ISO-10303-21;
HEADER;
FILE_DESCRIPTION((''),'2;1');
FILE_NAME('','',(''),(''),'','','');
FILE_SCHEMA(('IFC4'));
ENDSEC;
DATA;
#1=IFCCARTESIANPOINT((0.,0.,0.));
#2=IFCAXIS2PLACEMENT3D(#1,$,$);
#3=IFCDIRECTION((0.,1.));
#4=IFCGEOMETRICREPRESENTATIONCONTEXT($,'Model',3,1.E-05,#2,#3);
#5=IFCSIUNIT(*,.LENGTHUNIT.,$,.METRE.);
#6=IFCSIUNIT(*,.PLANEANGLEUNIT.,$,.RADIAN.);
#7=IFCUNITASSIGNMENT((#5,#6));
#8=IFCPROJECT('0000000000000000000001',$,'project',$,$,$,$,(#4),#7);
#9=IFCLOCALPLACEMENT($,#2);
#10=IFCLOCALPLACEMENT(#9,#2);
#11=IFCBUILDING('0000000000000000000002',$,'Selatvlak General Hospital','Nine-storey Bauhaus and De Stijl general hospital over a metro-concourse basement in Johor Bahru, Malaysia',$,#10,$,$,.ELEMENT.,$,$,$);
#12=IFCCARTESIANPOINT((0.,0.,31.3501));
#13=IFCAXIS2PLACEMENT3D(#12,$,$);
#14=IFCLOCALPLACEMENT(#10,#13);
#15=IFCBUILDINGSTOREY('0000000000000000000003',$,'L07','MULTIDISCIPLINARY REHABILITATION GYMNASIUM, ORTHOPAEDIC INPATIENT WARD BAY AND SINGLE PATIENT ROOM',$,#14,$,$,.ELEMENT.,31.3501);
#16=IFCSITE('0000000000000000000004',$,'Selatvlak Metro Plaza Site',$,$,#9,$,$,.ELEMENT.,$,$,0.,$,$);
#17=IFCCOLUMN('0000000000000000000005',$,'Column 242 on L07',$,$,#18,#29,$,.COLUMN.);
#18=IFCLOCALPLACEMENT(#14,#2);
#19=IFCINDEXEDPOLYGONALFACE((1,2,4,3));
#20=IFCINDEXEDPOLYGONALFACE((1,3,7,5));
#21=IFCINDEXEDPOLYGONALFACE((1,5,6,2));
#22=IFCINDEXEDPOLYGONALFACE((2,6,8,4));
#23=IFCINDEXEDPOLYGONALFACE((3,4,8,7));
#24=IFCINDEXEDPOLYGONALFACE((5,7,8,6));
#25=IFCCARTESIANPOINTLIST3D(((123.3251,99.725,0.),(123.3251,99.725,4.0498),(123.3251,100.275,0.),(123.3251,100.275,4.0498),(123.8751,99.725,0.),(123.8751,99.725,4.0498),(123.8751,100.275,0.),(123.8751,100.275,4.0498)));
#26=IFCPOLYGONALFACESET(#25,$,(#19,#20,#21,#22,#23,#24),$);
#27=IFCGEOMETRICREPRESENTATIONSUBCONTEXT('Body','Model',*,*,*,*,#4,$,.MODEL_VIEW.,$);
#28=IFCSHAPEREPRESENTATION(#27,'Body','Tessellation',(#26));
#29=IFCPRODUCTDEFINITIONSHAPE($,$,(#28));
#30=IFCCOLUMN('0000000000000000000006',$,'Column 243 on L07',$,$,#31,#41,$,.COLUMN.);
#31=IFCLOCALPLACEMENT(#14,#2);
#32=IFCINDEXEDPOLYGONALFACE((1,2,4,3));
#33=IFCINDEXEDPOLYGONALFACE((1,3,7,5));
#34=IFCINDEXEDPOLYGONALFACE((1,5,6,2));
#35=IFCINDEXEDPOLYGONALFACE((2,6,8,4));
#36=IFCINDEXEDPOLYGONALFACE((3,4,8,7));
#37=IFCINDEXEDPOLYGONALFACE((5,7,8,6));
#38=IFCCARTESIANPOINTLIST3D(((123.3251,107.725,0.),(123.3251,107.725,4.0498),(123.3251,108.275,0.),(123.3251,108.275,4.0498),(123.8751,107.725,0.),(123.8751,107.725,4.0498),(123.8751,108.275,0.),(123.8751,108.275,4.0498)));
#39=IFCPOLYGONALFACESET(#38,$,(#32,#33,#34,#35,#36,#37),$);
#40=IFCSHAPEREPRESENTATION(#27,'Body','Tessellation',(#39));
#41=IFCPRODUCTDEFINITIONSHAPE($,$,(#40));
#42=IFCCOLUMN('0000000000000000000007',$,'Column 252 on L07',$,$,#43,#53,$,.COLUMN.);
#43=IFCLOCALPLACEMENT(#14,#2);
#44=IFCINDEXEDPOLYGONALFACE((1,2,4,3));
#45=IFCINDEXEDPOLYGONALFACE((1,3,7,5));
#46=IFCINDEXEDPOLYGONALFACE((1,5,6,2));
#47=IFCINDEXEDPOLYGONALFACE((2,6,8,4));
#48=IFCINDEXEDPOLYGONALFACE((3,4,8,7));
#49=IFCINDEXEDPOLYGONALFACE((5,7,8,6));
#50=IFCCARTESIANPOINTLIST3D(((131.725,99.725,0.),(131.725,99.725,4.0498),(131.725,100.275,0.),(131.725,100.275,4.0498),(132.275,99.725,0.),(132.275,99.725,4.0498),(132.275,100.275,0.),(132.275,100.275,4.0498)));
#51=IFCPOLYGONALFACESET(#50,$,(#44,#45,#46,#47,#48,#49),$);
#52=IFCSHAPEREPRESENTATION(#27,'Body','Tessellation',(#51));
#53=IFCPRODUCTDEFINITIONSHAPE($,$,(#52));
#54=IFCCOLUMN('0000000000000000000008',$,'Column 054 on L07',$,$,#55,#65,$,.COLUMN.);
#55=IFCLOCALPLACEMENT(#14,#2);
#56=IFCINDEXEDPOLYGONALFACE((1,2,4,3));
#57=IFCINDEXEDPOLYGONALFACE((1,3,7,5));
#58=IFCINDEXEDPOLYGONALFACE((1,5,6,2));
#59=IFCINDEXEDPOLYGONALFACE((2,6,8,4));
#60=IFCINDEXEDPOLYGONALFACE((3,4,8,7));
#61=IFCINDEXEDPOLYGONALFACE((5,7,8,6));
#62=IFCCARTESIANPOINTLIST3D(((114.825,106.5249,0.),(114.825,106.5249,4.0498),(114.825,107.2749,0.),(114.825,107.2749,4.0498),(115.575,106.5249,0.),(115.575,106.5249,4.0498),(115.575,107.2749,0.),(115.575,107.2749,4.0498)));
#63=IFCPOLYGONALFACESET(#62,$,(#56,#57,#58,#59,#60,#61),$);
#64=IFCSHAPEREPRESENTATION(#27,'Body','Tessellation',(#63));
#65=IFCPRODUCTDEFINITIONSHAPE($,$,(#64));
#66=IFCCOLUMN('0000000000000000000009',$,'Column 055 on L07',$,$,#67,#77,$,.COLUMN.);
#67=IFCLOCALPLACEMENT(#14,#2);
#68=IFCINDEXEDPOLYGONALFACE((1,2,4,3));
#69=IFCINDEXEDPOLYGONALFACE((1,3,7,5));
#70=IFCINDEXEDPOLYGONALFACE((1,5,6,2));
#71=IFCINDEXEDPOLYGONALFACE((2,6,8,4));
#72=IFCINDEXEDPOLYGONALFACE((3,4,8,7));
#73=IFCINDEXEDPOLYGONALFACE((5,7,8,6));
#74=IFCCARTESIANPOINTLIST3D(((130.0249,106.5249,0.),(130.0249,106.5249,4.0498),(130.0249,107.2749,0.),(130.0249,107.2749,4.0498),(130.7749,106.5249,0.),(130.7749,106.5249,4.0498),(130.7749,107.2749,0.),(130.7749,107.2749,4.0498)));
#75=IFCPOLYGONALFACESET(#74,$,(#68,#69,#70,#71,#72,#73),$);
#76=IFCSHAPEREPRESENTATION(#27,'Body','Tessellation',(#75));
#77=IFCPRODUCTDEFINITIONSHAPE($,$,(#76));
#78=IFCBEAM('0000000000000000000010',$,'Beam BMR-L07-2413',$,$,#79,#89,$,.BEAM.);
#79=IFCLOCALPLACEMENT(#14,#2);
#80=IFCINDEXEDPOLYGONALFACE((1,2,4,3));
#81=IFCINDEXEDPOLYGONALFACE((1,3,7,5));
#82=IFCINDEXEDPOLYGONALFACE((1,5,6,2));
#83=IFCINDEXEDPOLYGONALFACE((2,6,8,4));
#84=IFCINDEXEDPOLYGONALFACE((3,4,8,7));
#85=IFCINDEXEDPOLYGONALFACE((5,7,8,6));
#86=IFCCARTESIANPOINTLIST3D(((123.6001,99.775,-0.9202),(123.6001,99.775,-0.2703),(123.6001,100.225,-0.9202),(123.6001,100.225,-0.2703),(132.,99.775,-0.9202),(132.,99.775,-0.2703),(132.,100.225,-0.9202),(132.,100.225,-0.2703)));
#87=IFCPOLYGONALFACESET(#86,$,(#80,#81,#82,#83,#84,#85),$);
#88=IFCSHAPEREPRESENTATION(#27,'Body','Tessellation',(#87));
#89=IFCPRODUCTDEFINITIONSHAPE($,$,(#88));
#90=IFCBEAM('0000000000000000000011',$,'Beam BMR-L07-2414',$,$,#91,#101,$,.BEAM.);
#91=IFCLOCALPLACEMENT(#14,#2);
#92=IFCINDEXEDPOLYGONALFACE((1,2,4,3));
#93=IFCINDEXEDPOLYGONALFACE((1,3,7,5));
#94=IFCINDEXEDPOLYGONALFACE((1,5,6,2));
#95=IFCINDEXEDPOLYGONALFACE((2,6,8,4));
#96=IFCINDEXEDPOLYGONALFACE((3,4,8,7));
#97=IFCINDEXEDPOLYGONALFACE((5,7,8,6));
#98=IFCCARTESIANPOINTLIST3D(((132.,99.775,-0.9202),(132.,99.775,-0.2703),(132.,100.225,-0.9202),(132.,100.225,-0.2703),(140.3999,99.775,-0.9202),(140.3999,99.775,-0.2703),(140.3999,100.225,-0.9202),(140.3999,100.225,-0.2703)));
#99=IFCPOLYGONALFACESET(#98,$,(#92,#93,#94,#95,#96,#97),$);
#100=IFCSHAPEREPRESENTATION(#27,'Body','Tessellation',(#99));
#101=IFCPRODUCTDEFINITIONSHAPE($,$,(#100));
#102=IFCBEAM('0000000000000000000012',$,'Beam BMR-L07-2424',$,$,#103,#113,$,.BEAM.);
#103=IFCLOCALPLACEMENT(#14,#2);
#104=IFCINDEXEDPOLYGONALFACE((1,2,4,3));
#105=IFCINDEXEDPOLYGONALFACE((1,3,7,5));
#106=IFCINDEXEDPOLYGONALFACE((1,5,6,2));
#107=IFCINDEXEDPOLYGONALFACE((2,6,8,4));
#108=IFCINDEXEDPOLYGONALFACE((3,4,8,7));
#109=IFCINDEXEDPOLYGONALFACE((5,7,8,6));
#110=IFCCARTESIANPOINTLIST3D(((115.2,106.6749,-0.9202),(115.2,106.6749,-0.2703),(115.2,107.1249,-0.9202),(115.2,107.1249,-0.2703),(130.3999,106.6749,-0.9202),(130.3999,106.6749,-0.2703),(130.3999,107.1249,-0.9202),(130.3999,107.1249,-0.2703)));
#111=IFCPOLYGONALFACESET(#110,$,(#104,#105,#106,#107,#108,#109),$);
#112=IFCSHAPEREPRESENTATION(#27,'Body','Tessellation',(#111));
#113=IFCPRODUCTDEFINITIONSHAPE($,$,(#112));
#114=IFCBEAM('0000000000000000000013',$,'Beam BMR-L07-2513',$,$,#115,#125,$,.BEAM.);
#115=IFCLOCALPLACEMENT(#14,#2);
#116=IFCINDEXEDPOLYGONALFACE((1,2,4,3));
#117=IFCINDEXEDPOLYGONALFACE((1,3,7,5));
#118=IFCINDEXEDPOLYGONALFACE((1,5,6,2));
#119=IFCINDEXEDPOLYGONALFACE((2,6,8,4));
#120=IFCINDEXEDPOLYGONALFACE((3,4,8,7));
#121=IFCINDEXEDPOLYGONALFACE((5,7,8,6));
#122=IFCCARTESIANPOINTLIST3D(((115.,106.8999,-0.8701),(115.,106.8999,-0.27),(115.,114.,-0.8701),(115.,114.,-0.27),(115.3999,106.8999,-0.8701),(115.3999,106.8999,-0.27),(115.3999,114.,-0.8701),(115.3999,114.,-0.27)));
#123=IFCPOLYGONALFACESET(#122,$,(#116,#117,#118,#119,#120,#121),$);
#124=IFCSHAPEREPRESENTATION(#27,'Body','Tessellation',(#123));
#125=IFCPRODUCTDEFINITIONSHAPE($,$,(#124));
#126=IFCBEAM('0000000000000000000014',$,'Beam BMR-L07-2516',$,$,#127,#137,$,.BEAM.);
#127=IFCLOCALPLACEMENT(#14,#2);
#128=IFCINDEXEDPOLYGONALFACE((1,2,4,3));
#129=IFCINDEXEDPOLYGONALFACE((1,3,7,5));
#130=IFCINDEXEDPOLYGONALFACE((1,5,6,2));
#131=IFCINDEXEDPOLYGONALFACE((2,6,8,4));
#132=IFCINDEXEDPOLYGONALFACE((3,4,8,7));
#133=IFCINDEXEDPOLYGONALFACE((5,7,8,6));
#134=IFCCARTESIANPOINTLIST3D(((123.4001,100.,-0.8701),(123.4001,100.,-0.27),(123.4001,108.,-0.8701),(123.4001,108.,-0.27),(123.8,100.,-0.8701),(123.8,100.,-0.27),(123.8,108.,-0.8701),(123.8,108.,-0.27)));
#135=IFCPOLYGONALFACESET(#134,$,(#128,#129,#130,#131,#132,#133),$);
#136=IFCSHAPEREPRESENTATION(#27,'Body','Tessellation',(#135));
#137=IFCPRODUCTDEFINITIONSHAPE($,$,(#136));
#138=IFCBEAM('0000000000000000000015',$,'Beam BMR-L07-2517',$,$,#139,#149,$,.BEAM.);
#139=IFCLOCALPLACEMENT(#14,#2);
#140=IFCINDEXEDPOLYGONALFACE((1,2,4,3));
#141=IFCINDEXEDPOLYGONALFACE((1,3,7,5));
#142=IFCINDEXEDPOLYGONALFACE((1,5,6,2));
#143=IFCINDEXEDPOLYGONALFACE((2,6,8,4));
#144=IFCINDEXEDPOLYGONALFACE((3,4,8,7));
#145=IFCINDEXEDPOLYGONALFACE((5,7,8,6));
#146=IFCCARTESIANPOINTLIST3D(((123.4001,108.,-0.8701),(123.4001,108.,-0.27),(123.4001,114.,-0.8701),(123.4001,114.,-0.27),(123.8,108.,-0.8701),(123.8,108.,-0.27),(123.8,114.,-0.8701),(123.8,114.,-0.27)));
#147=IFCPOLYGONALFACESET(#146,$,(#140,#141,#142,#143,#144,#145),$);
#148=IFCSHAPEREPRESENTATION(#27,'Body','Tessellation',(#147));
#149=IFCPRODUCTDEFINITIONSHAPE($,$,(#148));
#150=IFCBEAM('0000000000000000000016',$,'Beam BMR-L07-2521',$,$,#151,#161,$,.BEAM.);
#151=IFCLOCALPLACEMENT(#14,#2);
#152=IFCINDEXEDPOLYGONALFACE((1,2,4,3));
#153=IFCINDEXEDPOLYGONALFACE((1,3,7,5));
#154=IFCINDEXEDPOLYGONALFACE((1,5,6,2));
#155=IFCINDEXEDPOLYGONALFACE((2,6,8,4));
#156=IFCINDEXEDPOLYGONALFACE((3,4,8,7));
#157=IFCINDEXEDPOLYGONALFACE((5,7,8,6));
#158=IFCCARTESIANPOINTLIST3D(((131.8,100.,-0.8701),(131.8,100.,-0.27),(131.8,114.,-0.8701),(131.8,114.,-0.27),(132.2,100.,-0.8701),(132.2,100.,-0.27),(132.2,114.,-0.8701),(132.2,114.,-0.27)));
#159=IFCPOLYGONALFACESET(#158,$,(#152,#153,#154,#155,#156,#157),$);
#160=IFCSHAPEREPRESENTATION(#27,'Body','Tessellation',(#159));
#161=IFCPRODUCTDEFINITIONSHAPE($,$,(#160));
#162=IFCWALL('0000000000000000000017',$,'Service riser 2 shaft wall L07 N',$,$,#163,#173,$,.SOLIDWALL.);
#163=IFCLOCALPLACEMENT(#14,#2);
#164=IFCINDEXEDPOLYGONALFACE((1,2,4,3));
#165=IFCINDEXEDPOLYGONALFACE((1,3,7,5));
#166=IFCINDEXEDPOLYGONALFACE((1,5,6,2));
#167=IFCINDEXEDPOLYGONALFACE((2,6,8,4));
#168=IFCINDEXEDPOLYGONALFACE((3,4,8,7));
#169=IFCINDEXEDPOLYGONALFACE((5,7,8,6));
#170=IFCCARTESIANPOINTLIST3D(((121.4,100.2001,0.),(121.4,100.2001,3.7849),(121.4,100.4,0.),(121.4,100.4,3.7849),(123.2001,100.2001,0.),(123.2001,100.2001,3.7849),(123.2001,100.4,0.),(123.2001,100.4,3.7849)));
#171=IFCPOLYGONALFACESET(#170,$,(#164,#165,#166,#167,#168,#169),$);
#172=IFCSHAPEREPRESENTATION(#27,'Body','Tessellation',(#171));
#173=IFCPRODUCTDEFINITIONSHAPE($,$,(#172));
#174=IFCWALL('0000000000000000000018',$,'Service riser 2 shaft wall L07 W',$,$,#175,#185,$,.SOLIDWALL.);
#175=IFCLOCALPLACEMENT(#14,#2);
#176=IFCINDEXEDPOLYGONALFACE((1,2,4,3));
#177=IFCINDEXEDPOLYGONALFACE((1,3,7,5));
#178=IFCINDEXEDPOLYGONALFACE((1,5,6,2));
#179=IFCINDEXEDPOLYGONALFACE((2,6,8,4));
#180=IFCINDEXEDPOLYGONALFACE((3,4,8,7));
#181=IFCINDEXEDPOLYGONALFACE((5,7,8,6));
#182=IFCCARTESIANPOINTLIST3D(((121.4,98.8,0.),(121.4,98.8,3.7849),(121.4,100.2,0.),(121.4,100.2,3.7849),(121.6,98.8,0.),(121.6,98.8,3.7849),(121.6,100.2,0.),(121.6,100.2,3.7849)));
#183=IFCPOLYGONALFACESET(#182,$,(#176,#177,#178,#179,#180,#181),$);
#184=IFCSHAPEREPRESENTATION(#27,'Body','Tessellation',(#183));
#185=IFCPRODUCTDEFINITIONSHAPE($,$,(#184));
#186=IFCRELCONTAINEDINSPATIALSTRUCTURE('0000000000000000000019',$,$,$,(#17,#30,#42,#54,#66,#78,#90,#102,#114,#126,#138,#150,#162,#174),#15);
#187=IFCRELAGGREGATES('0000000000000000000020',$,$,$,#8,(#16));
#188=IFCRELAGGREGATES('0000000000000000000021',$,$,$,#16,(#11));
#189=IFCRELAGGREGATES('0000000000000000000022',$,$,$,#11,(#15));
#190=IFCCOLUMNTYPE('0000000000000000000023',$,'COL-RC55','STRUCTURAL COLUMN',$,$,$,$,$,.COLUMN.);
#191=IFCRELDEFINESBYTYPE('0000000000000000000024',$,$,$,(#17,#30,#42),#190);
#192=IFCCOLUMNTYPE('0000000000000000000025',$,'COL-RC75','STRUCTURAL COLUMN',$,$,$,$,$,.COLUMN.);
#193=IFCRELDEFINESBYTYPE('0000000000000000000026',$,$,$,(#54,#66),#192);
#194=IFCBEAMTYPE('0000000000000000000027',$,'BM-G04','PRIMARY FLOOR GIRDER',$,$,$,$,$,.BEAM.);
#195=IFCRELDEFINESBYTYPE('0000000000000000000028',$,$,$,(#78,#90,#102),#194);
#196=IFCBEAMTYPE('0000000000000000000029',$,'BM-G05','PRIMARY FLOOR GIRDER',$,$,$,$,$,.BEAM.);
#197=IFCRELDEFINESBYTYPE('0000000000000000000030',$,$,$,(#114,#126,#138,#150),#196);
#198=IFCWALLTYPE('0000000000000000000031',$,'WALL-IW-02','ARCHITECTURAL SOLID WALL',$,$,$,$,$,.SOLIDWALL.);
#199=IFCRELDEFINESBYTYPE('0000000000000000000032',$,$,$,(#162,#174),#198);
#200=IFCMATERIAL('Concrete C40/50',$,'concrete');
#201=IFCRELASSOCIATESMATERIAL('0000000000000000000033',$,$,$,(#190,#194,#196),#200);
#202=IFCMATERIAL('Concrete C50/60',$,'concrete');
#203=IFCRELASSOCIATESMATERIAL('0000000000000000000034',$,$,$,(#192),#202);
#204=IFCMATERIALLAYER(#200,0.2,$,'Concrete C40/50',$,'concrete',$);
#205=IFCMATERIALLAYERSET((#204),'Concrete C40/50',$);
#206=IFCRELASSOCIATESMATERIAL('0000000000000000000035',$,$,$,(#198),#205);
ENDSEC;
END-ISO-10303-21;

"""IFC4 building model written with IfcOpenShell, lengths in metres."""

from ifc_helpers import new_model, si_unit, direction, frame, frame_2d, origin, origin_2d, place, context, subcontext, project, spatial, rectangle, extrude, material, layer, layer_set, material_profile, profile_set, type_object, element, save


model = new_model("IFC4")

# Units and contexts
model_context = context("Model", 3, precision=1e-05, world=origin(), true_north=direction((0.0, 1.0)))
body_context = subcontext(model_context, "Body", "Model", "MODEL_VIEW")
ifc_project = project(units=[si_unit("LENGTHUNIT", "METRE"), si_unit("PLANEANGLEUNIT", "RADIAN")], contexts=[model_context])

# Site, building, storey
site_placement = place(None, origin())
site = spatial("IfcSite", under=ifc_project, at=site_placement, Name="Selatvlak Metro Plaza Site", CompositionType="ELEMENT", RefElevation=0.0)
building_placement = place(site_placement, origin())
building = spatial("IfcBuilding", under=site, at=building_placement, Name="Selatvlak General Hospital", Description="Nine-storey Bauhaus and De Stijl general hospital over a metro-concourse basement in Johor Bahru, Malaysia", CompositionType="ELEMENT")
storey_placement = place(building_placement, frame((0.0, 0.0, 31.3501)))
storey = spatial("IfcBuildingStorey", under=building, at=storey_placement, Name="L07", Description="MULTIDISCIPLINARY REHABILITATION GYMNASIUM, ORTHOPAEDIC INPATIENT WARD BAY AND SINGLE PATIENT ROOM", CompositionType="ELEMENT", Elevation=31.3501)

# Columns
ifc_material_1 = material(Name="Concrete C40/50", Category="concrete")
ifc_material_profile_1 = material_profile(ifc_material_1, rectangle(XDim=0.55, YDim=0.55, at=origin_2d()), Name="RC-COL 550x550")
ifc_profile_set_1 = profile_set([ifc_material_profile_1], Name="Concrete C40/50")
column_type_1 = type_object("IfcColumnType", Name="COL-RC55", Description="STRUCTURAL COLUMN", PredefinedType="COLUMN", material=ifc_profile_set_1)
for number, where, z_axis, x_axis, name in (
    (1, (123.6001, 100.0, 0.0), (0.0, 0.0, 1.0), (1.0, 0.0, 0.0), "Column 242 on L07"),
    (2, (123.6001, 108.0, 0.0), (0.0, 0.0, 1.0), (1.0, 0.0, 0.0), "Column 243 on L07"),
    (3, (132.0, 100.0, 0.0), (0.0, 0.0, 1.0), (1.0, 0.0, 0.0), "Column 252 on L07"),
):
    element("IfcColumn", number, at=place(storey_placement, frame(where, z_axis=z_axis, x_axis=x_axis)), inside=storey, type_object=column_type_1, Name=name, PredefinedType="COLUMN", context=body_context, shape_type="SweptSolid", body=[
        extrude(rectangle(XDim=0.55, YDim=0.55, at=origin_2d()), origin(), (0.0, 0.0, 1.0), 4.0498),
    ])
ifc_material_2 = material(Name="Concrete C50/60", Category="concrete")
ifc_material_profile_2 = material_profile(ifc_material_2, rectangle(XDim=0.75, YDim=0.75, at=origin_2d()), Name="RC-COL 750x750")
ifc_profile_set_2 = profile_set([ifc_material_profile_2], Name="Concrete C50/60")
column_type_2 = type_object("IfcColumnType", Name="COL-RC75", Description="STRUCTURAL COLUMN", PredefinedType="COLUMN", material=ifc_profile_set_2)
for number, where, z_axis, x_axis, name in (
    (4, (115.2, 106.8999, 0.0), (0.0, 0.0, 1.0), (1.0, 0.0, 0.0), "Column 054 on L07"),
    (5, (130.3999, 106.8999, 0.0), (0.0, 0.0, 1.0), (1.0, 0.0, 0.0), "Column 055 on L07"),
):
    element("IfcColumn", number, at=place(storey_placement, frame(where, z_axis=z_axis, x_axis=x_axis)), inside=storey, type_object=column_type_2, Name=name, PredefinedType="COLUMN", context=body_context, shape_type="SweptSolid", body=[
        extrude(rectangle(XDim=0.75, YDim=0.75, at=origin_2d()), origin(), (0.0, 0.0, 1.0), 4.0498),
    ])

# Beams
ifc_material_profile_3 = material_profile(ifc_material_1, rectangle(XDim=0.45, YDim=0.6499, at=origin_2d()), Name="RC-BM 450x650")
ifc_profile_set_3 = profile_set([ifc_material_profile_3], Name="Concrete C40/50")
beam_type_1 = type_object("IfcBeamType", Name="BM-G04", Description="PRIMARY FLOOR GIRDER", PredefinedType="BEAM", material=ifc_profile_set_3)
for number, where, z_axis, x_axis, name in (
    (6, (123.6001, 100.0, -0.5952), (1.0, 0.0, 0.0), (0.0, 1.0, 0.0), "Beam BMR-L07-2413"),
    (7, (132.0, 100.0, -0.5952), (1.0, 0.0, 0.0), (0.0, 1.0, 0.0), "Beam BMR-L07-2414"),
):
    element("IfcBeam", number, at=place(storey_placement, frame(where, z_axis=z_axis, x_axis=x_axis)), inside=storey, type_object=beam_type_1, Name=name, PredefinedType="BEAM", context=body_context, shape_type="SweptSolid", body=[
        extrude(rectangle(XDim=0.45, YDim=0.6499, at=origin_2d()), origin(), (0.0, 0.0, 1.0), 8.3999),
    ])
beam_1_placement = place(storey_placement, frame((115.2, 106.8999, -0.5952), z_axis=(1.0, 0.0, 0.0), x_axis=(0.0, 1.0, 0.0)))
element("IfcBeam", 8, at=beam_1_placement, inside=storey, type_object=beam_type_1, Name="Beam BMR-L07-2424", PredefinedType="BEAM", context=body_context, shape_type="SweptSolid", body=[
    extrude(rectangle(XDim=0.45, YDim=0.6499, at=origin_2d()), origin(), (0.0, 0.0, 1.0), 15.2),
])
ifc_material_profile_4 = material_profile(ifc_material_1, rectangle(XDim=0.3999, YDim=0.6001, at=origin_2d()), Name="RC-BM 400x600")
ifc_profile_set_4 = profile_set([ifc_material_profile_4], Name="Concrete C40/50")
beam_type_2 = type_object("IfcBeamType", Name="BM-G05", Description="PRIMARY FLOOR GIRDER", PredefinedType="BEAM", material=ifc_profile_set_4)
beam_2_placement = place(storey_placement, frame((115.2, 106.8999, -0.5701), z_axis=(0.0, 1.0, 0.0), x_axis=(-1.0, 0.0, 0.0)))
element("IfcBeam", 9, at=beam_2_placement, inside=storey, type_object=beam_type_2, Name="Beam BMR-L07-2513", PredefinedType="BEAM", context=body_context, shape_type="SweptSolid", body=[
    extrude(rectangle(XDim=0.3999, YDim=0.6001, at=origin_2d()), origin(), (0.0, 0.0, 1.0), 7.1001),
])
beam_3_placement = place(storey_placement, frame((123.6001, 100.0, -0.5701), z_axis=(0.0, 1.0, 0.0), x_axis=(-1.0, 0.0, 0.0)))
element("IfcBeam", 10, at=beam_3_placement, inside=storey, type_object=beam_type_2, Name="Beam BMR-L07-2516", PredefinedType="BEAM", context=body_context, shape_type="SweptSolid", body=[
    extrude(rectangle(XDim=0.3999, YDim=0.6001, at=origin_2d()), origin(), (0.0, 0.0, 1.0), 8.0),
])
beam_4_placement = place(storey_placement, frame((123.6001, 108.0, -0.5701), z_axis=(0.0, 1.0, 0.0), x_axis=(-1.0, 0.0, 0.0)))
element("IfcBeam", 11, at=beam_4_placement, inside=storey, type_object=beam_type_2, Name="Beam BMR-L07-2517", PredefinedType="BEAM", context=body_context, shape_type="SweptSolid", body=[
    extrude(rectangle(XDim=0.3999, YDim=0.6001, at=origin_2d()), origin(), (0.0, 0.0, 1.0), 6.0),
])
beam_5_placement = place(storey_placement, frame((132.0, 100.0, -0.5701), z_axis=(0.0, 1.0, 0.0), x_axis=(-1.0, 0.0, 0.0)))
element("IfcBeam", 12, at=beam_5_placement, inside=storey, type_object=beam_type_2, Name="Beam BMR-L07-2521", PredefinedType="BEAM", context=body_context, shape_type="SweptSolid", body=[
    extrude(rectangle(XDim=0.3999, YDim=0.6001, at=origin_2d()), origin(), (0.0, 0.0, 1.0), 14.0),
])

# Walls
ifc_layer_1 = layer(ifc_material_1, 0.2, Name="Concrete C40/50", Category="concrete")
ifc_layer_set_1 = layer_set([ifc_layer_1], Name="Concrete C40/50")
wall_type_1 = type_object("IfcWallType", Name="WALL-IW-02", Description="ARCHITECTURAL SOLID WALL", PredefinedType="SOLIDWALL", material=ifc_layer_set_1)
wall_1_placement = place(storey_placement, frame((123.2, 100.3, 0.0), z_axis=(0.0, 0.0, 1.0), x_axis=(-1.0, 0.0, 0.0)))
element("IfcWall", 13, at=wall_1_placement, inside=storey, type_object=wall_type_1, Name="Service riser 2 shaft wall L07 N", PredefinedType="SOLIDWALL", context=body_context, shape_type="SweptSolid", body=[
    extrude(rectangle(XDim=1.8, YDim=0.2, at=frame_2d((0.8999, 0.0))), origin(), (0.0, 0.0, 1.0), 3.7849),
])
wall_2_placement = place(storey_placement, frame((121.5, 100.2, 0.0), z_axis=(0.0, 0.0, 1.0), x_axis=(0.0, -1.0, 0.0)))
element("IfcWall", 14, at=wall_2_placement, inside=storey, type_object=wall_type_1, Name="Service riser 2 shaft wall L07 W", PredefinedType="SOLIDWALL", context=body_context, shape_type="SweptSolid", body=[
    extrude(rectangle(XDim=1.3999, YDim=0.2, at=frame_2d((0.7, 0.0))), origin(), (0.0, 0.0, 1.0), 3.7849),
])

save(model, "model.ifc")
